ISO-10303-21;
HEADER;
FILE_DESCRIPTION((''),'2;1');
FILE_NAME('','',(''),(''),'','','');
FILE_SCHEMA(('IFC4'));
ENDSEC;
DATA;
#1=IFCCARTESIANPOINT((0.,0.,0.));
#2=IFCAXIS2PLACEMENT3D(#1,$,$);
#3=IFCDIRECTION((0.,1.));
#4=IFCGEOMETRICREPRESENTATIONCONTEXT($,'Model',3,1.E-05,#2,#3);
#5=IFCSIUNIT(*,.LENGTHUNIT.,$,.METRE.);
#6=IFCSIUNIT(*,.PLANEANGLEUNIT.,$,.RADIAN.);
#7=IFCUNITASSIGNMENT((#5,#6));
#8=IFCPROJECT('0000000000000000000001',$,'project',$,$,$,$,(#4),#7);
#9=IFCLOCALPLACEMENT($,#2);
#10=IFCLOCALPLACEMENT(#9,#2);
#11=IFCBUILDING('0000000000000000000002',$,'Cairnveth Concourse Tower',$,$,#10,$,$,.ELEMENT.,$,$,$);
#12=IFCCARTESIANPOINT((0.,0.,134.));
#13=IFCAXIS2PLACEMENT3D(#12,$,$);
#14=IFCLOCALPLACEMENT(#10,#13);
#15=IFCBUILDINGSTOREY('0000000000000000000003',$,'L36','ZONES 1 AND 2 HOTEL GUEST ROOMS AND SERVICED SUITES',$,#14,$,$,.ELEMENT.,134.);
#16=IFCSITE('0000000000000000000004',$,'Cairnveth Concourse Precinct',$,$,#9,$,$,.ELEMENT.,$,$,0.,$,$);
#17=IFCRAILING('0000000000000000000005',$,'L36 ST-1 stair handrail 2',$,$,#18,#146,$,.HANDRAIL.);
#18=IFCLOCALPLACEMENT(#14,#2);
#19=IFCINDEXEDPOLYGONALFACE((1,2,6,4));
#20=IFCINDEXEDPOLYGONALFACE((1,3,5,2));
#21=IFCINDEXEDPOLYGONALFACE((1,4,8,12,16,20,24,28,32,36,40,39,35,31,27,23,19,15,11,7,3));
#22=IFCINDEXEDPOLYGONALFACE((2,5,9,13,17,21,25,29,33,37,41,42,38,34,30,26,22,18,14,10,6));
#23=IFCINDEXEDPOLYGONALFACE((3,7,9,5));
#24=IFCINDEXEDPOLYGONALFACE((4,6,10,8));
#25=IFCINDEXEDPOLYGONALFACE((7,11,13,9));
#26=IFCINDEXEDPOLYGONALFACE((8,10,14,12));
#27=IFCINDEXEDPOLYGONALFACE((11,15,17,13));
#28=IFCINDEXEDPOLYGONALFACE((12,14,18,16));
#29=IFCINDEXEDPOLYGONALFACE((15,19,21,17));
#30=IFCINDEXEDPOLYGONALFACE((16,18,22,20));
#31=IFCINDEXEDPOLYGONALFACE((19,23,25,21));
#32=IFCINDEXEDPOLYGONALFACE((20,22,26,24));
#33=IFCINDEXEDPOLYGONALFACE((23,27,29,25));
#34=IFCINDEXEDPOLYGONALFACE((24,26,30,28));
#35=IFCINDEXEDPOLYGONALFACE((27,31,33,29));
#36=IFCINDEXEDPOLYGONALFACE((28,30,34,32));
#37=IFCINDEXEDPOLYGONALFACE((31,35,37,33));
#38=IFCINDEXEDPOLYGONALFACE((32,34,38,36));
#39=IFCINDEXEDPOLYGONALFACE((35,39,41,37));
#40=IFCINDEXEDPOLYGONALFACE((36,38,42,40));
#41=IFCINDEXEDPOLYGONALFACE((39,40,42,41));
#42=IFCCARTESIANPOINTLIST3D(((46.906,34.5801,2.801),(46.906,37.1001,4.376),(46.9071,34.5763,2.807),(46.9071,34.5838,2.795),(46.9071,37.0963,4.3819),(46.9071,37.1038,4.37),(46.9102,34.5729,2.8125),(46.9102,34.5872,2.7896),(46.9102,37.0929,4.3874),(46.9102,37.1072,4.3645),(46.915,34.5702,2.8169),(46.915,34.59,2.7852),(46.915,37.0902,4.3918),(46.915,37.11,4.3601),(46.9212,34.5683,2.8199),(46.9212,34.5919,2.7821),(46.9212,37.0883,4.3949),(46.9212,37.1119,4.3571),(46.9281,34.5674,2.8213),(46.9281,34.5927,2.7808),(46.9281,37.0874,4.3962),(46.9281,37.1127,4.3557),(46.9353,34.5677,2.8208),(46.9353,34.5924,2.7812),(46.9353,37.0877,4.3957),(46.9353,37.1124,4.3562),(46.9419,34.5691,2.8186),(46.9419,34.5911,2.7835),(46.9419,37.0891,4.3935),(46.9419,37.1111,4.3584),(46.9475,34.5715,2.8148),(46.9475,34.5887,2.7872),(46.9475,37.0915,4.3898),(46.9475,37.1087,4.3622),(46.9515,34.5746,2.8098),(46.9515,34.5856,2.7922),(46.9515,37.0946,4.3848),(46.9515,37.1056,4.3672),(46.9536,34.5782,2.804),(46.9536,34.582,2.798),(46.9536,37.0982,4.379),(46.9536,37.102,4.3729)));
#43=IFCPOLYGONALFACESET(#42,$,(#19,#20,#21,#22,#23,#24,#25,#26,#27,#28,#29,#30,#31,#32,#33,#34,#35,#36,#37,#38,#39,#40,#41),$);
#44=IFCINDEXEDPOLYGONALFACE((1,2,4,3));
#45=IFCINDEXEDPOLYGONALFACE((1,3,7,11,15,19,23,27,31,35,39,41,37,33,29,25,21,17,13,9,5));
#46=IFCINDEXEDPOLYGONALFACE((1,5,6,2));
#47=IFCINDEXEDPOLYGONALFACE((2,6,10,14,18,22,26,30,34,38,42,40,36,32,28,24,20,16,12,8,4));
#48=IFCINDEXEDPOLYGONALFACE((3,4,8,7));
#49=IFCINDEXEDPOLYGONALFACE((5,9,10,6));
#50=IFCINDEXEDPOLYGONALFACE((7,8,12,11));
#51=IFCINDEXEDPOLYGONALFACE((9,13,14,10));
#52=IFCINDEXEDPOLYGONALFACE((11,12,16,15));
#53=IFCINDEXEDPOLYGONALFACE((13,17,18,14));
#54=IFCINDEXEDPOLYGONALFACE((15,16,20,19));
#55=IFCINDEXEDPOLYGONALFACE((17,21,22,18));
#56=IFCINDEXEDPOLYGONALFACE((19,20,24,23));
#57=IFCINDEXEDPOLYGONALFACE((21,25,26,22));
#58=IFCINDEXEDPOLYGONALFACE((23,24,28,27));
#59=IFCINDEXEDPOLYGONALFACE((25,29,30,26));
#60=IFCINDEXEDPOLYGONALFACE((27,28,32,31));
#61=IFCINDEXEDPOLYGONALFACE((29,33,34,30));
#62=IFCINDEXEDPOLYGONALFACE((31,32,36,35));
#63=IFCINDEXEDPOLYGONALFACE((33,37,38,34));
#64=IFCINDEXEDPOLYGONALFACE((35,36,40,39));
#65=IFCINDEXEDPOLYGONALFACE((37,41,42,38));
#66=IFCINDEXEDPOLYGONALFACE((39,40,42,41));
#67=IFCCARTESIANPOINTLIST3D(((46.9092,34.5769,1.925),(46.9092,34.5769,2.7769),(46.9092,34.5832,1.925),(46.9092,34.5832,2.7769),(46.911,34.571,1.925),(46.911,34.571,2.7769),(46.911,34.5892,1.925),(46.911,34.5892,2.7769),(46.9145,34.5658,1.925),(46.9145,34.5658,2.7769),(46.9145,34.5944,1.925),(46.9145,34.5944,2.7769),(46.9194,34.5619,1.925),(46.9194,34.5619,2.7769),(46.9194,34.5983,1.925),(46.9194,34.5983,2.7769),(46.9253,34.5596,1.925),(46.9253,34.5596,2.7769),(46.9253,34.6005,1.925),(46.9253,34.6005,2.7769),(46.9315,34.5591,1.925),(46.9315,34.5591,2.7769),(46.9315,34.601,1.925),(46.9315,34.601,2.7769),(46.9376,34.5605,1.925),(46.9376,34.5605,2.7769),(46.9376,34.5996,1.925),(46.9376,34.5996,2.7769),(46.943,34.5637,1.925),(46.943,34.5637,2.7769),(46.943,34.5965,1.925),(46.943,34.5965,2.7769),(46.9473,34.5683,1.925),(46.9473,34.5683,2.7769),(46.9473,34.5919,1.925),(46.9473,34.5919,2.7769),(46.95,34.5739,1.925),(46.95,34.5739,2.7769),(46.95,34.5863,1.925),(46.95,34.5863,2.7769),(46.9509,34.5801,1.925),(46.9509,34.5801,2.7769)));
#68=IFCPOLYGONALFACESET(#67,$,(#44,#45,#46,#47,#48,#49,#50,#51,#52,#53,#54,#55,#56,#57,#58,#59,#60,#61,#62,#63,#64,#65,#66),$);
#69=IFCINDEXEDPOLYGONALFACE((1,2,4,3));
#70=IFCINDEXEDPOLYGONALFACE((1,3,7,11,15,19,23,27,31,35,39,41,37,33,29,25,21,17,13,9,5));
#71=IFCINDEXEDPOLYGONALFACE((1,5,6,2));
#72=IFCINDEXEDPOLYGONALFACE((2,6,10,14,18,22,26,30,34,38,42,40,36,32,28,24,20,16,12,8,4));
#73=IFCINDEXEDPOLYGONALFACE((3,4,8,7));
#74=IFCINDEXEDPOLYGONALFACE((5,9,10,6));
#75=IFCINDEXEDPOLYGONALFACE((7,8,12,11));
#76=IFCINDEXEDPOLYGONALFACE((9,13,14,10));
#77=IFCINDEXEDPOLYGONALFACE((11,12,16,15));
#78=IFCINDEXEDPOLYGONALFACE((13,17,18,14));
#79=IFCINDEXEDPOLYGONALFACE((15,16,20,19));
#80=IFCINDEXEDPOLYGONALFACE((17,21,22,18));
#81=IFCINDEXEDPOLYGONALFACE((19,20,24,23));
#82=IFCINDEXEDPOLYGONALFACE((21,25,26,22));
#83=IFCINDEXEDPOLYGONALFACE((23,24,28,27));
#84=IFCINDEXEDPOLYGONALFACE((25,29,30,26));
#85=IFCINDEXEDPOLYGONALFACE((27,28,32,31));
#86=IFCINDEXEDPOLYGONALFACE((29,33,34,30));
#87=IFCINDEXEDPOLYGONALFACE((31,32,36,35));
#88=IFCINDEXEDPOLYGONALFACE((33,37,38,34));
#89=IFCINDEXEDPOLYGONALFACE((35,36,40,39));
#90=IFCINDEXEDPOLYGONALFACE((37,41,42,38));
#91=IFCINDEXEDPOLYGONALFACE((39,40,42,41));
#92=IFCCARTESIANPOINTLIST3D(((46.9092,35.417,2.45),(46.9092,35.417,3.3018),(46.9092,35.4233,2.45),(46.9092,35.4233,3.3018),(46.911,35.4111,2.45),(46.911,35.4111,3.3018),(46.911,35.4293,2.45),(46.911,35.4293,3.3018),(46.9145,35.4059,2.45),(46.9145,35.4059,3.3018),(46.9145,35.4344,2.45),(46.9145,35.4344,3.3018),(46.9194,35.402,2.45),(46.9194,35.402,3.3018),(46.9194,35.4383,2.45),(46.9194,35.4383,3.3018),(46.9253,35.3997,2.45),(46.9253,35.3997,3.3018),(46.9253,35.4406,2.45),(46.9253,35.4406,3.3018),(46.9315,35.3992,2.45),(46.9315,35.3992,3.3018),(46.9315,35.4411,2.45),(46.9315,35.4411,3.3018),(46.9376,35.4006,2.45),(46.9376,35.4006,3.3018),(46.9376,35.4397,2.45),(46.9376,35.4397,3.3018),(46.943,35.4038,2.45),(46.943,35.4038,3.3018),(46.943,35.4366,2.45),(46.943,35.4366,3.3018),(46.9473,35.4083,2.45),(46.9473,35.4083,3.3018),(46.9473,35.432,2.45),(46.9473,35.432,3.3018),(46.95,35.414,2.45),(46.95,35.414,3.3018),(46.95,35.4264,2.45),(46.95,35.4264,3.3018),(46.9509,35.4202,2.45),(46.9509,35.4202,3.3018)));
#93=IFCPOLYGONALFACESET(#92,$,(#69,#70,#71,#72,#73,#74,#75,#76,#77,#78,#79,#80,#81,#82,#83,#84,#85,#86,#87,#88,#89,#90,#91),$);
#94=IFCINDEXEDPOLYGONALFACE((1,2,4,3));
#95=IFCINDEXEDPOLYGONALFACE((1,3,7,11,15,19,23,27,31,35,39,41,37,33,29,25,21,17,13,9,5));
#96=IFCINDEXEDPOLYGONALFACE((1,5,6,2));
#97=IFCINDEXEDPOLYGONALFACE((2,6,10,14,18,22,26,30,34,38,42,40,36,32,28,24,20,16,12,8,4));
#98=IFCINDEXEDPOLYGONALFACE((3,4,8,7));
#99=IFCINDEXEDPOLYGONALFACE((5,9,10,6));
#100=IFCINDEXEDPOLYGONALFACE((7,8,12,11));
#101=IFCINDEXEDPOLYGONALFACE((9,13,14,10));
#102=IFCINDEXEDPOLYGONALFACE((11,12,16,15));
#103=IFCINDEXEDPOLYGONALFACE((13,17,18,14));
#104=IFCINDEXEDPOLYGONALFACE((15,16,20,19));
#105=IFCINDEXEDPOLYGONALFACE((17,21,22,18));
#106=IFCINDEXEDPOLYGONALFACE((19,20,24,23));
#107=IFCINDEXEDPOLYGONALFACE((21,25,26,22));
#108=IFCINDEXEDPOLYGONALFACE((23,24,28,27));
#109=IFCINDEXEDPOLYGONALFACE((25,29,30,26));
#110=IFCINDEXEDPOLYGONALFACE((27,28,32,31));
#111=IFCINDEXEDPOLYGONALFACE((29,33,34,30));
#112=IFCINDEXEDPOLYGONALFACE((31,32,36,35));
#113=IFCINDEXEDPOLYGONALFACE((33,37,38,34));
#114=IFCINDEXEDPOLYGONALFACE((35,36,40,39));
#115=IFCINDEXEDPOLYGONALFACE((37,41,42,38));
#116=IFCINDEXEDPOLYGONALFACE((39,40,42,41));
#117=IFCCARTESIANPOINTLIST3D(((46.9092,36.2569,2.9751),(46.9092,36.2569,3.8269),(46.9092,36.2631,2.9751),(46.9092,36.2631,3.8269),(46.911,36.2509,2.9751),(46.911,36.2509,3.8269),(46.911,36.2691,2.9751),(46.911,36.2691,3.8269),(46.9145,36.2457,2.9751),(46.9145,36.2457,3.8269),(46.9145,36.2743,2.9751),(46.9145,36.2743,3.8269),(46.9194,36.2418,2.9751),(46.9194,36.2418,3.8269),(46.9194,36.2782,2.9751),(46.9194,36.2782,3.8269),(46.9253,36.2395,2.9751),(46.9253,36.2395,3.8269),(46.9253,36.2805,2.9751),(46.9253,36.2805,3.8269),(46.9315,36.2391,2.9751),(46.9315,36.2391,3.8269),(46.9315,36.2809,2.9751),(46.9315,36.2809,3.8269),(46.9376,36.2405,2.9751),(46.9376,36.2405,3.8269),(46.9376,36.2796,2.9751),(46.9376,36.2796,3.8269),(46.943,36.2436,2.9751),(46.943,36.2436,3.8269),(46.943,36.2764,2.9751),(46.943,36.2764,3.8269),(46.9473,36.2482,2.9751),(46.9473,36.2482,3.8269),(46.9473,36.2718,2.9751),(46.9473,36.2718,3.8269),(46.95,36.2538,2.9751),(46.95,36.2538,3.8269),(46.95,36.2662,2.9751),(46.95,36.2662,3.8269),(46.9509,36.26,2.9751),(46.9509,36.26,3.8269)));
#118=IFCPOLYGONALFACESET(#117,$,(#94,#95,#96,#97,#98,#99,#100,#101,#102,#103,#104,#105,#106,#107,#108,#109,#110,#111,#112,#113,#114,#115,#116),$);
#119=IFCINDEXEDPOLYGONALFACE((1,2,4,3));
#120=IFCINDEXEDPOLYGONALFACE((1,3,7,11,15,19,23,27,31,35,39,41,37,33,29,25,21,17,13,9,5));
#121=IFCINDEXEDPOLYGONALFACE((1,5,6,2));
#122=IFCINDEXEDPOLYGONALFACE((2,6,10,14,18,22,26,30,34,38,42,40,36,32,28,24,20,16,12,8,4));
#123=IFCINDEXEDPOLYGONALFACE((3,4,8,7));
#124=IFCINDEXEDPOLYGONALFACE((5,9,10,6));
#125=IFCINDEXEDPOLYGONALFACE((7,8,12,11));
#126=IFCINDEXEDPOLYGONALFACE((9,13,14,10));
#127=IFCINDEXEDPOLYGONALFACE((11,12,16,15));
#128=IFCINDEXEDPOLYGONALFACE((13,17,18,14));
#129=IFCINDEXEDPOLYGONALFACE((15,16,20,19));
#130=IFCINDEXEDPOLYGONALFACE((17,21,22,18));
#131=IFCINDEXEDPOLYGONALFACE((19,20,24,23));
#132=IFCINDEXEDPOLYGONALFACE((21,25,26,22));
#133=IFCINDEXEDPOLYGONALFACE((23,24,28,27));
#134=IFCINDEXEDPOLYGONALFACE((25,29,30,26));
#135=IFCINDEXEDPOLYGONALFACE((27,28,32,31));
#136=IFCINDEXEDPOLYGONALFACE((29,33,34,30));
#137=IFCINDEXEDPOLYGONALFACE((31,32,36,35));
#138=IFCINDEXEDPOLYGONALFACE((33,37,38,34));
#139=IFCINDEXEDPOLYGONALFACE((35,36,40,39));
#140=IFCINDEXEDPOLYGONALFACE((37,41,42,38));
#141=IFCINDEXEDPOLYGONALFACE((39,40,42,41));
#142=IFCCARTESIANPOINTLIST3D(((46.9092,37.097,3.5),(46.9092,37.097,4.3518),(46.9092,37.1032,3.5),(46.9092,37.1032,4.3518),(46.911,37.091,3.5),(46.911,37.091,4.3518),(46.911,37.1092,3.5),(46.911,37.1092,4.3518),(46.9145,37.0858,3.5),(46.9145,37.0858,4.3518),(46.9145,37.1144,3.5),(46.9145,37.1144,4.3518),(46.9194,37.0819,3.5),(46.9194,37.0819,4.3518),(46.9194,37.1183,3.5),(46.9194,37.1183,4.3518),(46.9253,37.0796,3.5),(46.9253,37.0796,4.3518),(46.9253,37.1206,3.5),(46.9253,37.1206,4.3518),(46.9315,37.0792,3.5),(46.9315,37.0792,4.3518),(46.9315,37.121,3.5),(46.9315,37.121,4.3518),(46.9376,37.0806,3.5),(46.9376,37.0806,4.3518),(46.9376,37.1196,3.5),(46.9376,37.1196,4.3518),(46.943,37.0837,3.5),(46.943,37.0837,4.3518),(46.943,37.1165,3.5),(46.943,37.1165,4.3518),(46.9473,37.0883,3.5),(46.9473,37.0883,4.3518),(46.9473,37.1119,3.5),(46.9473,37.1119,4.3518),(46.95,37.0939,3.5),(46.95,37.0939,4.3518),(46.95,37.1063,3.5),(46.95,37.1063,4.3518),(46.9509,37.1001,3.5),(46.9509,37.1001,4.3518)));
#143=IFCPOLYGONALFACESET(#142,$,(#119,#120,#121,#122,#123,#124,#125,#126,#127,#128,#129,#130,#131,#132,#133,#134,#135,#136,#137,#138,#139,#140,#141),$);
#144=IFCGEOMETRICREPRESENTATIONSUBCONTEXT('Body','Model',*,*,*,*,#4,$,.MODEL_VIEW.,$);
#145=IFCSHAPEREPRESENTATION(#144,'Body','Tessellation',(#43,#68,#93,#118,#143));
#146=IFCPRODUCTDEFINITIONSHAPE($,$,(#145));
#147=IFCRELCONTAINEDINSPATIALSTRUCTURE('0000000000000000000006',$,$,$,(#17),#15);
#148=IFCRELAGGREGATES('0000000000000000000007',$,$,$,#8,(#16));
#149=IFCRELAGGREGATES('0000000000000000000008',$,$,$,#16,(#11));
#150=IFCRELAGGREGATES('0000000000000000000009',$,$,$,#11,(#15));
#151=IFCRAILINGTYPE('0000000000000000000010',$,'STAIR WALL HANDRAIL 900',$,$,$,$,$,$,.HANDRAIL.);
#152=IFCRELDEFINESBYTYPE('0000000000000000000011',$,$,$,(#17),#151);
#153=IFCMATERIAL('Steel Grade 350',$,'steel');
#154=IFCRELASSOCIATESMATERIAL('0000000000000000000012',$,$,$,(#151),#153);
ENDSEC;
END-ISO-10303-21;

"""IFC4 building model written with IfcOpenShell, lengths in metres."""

from ifc_helpers import new_model, si_unit, direction, frame, origin, origin_2d, place, context, subcontext, project, spatial, circle, extrude, material, type_object, element, save


model = new_model("IFC4")

# Units and contexts
model_context = context("Model", 3, precision=1e-05, world=origin(), true_north=direction((0.0, 1.0)))
body_context = subcontext(model_context, "Body", "Model", "MODEL_VIEW")
ifc_project = project(units=[si_unit("LENGTHUNIT", "METRE"), si_unit("PLANEANGLEUNIT", "RADIAN")], contexts=[model_context])

# Site, building, storey
site_placement = place(None, origin())
site = spatial("IfcSite", under=ifc_project, at=site_placement, Name="Cairnveth Concourse Precinct", CompositionType="ELEMENT", RefElevation=0.0)
building_placement = place(site_placement, origin())
building = spatial("IfcBuilding", under=site, at=building_placement, Name="Cairnveth Concourse Tower", CompositionType="ELEMENT")
storey_placement = place(building_placement, frame((0.0, 0.0, 134.0)))
storey = spatial("IfcBuildingStorey", under=building, at=storey_placement, Name="L36", Description="ZONES 1 AND 2 HOTEL GUEST ROOMS AND SERVICED SUITES", CompositionType="ELEMENT", Elevation=134.0)

# Shared definitions
ifc_material_1 = material(Name="Steel Grade 350", Category="steel")

# Railing
railing_type_1 = type_object("IfcRailingType", Name="STAIR WALL HANDRAIL 900", PredefinedType="HANDRAIL", material=ifc_material_1)
railing_1_placement = place(storey_placement, frame((46.9299, 34.5801, 1.925)))
element("IfcRailing", 1, at=railing_1_placement, inside=storey, type_object=railing_type_1, Name="L36 ST-1 stair handrail 2", PredefinedType="HANDRAIL", context=body_context, shape_type="SweptSolid", body=[
    extrude(circle(Radius=0.0239, at=origin_2d()), frame((0.0, 0.0, 0.876), z_axis=(0.0, 0.848008, 0.529984), x_axis=(-1.0, 0.0, 0.0)), (0.0, 0.0, 1.0), 2.9717),
    extrude(circle(Radius=0.021, at=origin_2d()), origin(), (0.0, 0.0, 1.0), 0.8518),
    extrude(circle(Radius=0.021, at=origin_2d()), frame((0.0, 0.8401, 0.5249)), (0.0, 0.0, 1.0), 0.8518),
    extrude(circle(Radius=0.021, at=origin_2d()), frame((0.0, 1.6799, 1.05)), (0.0, 0.0, 1.0), 0.8518),
    extrude(circle(Radius=0.021, at=origin_2d()), frame((0.0, 2.52, 1.575)), (0.0, 0.0, 1.0), 0.8518),
])

save(model, "model.ifc")
